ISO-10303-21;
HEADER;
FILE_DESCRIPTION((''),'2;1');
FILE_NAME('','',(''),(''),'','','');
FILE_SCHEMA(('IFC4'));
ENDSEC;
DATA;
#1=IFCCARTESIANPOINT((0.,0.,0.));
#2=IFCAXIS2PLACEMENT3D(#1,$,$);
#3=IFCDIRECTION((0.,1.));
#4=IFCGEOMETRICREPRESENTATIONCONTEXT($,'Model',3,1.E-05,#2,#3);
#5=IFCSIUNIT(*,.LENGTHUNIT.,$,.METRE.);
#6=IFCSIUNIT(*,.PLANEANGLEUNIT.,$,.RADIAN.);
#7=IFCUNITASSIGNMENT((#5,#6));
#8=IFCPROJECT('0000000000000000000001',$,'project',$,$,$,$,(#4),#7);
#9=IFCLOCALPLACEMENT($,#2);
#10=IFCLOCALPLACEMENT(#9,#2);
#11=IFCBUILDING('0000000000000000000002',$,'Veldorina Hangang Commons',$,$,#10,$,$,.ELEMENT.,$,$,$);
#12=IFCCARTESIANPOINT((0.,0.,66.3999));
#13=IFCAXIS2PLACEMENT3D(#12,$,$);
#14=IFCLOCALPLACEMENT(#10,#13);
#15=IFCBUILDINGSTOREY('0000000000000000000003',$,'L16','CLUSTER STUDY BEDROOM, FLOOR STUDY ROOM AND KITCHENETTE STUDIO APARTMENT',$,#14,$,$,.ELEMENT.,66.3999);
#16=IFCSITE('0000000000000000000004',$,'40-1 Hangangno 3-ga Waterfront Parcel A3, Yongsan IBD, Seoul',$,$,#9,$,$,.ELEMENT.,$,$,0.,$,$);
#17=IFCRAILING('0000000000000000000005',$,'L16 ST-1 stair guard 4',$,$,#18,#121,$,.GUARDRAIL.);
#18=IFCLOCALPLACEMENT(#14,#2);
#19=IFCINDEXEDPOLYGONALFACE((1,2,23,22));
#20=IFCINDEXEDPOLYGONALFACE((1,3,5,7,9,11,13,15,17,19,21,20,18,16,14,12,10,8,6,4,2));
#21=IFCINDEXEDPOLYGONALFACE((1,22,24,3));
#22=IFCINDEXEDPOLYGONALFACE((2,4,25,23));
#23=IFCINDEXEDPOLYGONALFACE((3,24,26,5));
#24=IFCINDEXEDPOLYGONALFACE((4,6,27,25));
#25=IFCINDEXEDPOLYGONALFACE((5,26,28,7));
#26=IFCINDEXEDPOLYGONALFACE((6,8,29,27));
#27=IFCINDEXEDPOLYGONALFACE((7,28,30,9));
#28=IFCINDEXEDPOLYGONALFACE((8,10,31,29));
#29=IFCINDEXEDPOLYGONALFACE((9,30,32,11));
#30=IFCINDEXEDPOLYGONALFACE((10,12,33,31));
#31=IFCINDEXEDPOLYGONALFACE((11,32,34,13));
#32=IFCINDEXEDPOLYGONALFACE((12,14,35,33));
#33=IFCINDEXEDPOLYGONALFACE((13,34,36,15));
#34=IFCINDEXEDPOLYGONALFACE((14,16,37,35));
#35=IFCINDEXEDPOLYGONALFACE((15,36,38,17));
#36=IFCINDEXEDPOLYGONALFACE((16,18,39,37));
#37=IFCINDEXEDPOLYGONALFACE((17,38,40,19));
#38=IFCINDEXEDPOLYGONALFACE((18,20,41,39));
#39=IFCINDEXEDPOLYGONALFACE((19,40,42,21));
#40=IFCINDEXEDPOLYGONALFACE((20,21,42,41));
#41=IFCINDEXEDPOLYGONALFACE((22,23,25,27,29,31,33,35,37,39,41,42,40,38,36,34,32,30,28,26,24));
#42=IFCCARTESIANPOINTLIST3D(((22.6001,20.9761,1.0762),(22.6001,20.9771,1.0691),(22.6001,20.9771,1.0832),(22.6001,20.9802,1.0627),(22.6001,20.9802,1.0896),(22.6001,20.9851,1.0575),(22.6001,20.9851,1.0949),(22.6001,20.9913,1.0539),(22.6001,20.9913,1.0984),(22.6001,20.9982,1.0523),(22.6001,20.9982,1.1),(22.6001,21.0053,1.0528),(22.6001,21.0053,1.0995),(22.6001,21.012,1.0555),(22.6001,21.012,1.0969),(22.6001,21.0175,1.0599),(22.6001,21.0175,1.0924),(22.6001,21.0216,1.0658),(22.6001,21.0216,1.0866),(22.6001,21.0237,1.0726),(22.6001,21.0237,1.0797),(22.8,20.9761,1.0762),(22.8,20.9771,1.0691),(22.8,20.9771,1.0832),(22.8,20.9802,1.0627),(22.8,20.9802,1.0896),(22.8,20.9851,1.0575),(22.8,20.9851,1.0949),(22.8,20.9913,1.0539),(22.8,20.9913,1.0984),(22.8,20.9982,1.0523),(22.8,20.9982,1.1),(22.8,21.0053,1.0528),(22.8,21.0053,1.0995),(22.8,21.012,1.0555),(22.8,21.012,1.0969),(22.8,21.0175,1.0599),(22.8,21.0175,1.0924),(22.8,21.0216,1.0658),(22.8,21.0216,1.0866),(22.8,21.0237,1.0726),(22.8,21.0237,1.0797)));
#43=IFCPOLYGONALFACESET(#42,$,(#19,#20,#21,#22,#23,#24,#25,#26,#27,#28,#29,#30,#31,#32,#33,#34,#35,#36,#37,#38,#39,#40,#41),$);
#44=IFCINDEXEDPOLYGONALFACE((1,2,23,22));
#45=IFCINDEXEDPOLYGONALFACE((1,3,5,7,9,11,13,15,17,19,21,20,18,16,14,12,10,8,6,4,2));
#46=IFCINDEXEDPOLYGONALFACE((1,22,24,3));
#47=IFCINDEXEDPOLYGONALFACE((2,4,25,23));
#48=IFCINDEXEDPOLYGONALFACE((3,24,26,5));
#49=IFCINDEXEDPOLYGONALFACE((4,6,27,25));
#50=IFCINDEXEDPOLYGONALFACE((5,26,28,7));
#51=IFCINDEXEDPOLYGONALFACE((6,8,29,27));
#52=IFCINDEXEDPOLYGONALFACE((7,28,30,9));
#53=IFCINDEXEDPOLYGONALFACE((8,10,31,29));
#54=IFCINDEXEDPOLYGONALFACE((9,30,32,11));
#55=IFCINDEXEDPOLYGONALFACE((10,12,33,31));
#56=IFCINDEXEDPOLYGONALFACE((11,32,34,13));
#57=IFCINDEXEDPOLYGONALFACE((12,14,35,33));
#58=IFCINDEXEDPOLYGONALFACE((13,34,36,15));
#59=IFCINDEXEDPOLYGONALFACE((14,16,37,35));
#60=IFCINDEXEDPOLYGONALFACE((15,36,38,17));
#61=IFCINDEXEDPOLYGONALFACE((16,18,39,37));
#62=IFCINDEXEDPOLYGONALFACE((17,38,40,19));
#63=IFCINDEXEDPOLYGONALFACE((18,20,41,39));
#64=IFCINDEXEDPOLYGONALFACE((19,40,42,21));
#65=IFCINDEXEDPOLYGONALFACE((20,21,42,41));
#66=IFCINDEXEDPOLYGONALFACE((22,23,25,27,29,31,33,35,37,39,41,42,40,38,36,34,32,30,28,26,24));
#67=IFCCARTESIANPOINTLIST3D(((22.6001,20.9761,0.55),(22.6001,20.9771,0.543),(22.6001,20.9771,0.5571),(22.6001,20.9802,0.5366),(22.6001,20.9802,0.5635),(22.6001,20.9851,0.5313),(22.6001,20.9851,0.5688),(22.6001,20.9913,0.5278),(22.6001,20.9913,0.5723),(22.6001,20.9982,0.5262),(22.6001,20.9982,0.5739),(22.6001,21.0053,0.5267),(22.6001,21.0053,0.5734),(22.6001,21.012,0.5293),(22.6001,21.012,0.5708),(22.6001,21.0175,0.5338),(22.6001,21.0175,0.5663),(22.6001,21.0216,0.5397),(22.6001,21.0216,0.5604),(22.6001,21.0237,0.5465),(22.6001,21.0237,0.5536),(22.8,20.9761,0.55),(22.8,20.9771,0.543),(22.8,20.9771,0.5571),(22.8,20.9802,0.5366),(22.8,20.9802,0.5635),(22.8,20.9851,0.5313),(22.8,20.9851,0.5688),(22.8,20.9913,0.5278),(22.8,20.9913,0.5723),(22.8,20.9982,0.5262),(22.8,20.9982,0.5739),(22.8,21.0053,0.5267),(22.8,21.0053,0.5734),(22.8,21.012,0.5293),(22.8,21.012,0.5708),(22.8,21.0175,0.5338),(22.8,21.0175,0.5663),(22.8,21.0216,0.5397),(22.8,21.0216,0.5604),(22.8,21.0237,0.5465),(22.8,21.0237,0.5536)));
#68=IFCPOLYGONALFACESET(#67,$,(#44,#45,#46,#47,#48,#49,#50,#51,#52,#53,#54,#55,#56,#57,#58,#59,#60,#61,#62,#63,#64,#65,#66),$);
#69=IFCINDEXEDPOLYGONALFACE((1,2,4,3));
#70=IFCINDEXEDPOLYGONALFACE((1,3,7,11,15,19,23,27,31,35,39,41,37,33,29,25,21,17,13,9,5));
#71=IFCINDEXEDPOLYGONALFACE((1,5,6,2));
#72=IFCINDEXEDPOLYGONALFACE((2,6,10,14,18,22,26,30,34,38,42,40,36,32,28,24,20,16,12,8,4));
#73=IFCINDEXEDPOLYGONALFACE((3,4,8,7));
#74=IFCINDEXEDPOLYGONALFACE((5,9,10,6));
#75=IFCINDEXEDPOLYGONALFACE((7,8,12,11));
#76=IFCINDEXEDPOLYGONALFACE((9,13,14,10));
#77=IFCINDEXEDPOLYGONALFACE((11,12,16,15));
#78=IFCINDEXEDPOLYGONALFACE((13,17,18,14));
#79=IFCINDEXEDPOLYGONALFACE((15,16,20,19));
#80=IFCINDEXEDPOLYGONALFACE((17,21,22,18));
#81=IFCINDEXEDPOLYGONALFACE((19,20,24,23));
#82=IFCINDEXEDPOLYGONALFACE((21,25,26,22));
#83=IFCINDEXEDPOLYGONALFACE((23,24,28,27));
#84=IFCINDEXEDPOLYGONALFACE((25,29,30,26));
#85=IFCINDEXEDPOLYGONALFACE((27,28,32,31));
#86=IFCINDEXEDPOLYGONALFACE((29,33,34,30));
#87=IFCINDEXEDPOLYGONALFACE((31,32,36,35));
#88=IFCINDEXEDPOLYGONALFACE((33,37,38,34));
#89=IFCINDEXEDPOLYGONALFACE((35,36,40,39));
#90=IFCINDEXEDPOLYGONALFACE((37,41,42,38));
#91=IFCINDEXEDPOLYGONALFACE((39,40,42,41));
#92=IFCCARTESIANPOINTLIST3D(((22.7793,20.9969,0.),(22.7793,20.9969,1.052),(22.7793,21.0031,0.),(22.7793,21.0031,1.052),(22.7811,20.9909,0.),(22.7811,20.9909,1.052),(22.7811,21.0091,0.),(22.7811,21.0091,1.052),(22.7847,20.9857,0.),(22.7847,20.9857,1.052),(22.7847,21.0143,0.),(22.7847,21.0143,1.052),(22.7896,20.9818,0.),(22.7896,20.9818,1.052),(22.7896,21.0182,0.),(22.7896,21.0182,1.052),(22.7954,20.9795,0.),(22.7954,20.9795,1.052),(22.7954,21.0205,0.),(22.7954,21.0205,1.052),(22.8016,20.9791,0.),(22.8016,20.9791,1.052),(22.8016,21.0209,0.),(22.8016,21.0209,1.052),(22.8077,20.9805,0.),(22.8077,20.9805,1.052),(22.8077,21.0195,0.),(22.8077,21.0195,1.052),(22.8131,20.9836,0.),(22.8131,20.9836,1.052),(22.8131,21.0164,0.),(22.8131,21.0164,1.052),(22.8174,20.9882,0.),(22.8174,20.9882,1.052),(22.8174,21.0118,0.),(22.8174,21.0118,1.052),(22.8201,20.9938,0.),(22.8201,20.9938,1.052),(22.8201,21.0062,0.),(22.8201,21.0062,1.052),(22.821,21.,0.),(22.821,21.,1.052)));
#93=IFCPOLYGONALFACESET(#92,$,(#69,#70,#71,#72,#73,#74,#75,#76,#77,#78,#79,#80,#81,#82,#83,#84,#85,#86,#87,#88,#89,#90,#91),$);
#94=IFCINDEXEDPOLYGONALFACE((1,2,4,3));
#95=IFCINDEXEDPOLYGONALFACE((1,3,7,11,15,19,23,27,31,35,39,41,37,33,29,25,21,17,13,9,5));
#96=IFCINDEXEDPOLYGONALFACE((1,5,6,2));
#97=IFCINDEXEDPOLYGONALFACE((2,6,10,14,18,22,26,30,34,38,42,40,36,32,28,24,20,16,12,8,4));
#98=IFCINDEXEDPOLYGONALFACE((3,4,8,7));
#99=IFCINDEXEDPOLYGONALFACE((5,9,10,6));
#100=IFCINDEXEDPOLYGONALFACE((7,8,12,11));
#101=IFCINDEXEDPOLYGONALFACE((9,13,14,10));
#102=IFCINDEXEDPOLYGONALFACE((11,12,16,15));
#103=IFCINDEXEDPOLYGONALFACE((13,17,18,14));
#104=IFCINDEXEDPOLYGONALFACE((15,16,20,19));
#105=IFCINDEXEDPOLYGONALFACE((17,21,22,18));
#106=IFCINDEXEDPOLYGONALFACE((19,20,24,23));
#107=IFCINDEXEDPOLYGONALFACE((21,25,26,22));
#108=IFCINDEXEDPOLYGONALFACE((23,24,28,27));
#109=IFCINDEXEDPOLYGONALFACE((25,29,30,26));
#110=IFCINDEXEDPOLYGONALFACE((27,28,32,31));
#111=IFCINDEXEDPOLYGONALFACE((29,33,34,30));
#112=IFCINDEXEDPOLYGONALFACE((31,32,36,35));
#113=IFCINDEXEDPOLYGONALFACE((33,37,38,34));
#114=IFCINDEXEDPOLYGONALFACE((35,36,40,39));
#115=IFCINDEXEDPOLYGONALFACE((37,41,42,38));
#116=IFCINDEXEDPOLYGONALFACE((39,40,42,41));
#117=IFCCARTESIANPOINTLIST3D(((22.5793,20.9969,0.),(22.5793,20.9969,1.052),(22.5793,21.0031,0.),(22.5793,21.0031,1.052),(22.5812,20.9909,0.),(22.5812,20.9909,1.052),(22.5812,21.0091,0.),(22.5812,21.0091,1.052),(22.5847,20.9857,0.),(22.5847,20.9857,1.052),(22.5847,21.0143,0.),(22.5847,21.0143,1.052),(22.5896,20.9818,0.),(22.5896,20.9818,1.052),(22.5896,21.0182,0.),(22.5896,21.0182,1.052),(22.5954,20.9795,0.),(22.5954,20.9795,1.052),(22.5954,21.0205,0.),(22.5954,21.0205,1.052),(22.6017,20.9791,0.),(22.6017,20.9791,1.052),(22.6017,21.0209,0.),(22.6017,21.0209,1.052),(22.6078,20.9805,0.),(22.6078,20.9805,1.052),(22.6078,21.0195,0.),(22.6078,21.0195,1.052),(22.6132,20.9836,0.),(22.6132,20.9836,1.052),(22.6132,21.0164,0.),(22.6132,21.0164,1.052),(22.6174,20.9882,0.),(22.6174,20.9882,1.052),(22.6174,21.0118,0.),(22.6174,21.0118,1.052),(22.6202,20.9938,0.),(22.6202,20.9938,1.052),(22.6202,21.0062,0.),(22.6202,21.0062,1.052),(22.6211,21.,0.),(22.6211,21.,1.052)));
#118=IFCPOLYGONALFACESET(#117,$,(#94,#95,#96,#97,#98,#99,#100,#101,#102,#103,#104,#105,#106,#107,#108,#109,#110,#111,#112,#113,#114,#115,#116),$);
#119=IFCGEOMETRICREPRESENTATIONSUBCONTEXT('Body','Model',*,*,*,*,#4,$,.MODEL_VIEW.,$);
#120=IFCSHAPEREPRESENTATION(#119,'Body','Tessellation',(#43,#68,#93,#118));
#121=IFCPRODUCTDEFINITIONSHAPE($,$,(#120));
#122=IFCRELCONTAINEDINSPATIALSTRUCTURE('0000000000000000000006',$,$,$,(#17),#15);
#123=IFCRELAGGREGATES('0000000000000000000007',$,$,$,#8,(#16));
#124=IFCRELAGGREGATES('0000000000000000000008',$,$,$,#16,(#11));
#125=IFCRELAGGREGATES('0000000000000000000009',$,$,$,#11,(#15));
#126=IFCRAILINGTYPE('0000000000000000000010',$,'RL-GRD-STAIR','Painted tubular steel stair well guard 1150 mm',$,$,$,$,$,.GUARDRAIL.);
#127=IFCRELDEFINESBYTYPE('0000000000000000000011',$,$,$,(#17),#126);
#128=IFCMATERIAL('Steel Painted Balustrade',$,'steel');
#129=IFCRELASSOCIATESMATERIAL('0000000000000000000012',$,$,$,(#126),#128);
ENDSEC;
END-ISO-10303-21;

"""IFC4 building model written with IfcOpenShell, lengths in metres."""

from ifc_helpers import new_model, si_unit, direction, frame, origin, origin_2d, place, context, subcontext, project, spatial, circle, extrude, material, type_object, element, save


model = new_model("IFC4")

# Units and contexts
model_context = context("Model", 3, precision=1e-05, world=origin(), true_north=direction((0.0, 1.0)))
body_context = subcontext(model_context, "Body", "Model", "MODEL_VIEW")
ifc_project = project(units=[si_unit("LENGTHUNIT", "METRE"), si_unit("PLANEANGLEUNIT", "RADIAN")], contexts=[model_context])

# Site, building, storey
site_placement = place(None, origin())
site = spatial("IfcSite", under=ifc_project, at=site_placement, Name="40-1 Hangangno 3-ga Waterfront Parcel A3, Yongsan IBD, Seoul", CompositionType="ELEMENT", RefElevation=0.0)
building_placement = place(site_placement, origin())
building = spatial("IfcBuilding", under=site, at=building_placement, Name="Veldorina Hangang Commons", CompositionType="ELEMENT")
storey_placement = place(building_placement, frame((0.0, 0.0, 66.3999)))
storey = spatial("IfcBuildingStorey", under=building, at=storey_placement, Name="L16", Description="CLUSTER STUDY BEDROOM, FLOOR STUDY ROOM AND KITCHENETTE STUDIO APARTMENT", CompositionType="ELEMENT", Elevation=66.3999)

# Railing
ifc_material_1 = material(Name="Steel Painted Balustrade", Category="steel")
railing_type = type_object("IfcRailingType", Name="RL-GRD-STAIR", Description="Painted tubular steel stair well guard 1150 mm", PredefinedType="GUARDRAIL", material=ifc_material_1)
railing_1_placement = place(storey_placement, frame((22.8, 21.0, 0.0)))
element("IfcRailing", 1, at=railing_1_placement, inside=storey, type_object=railing_type, Name="L16 ST-1 stair guard 4", PredefinedType="GUARDRAIL", context=body_context, shape_type="SweptSolid", body=[
    extrude(circle(Radius=0.0239, at=origin_2d()), frame((0.0, 0.0, 1.0762), z_axis=(-1.0, 0.0, 0.0), x_axis=(0.0, -1.0, 0.0)), (0.0, 0.0, 1.0), 0.2),
    extrude(circle(Radius=0.0239, at=origin_2d()), frame((0.0, 0.0, 0.55), z_axis=(-1.0, 0.0, 0.0), x_axis=(0.0, -1.0, 0.0)), (0.0, 0.0, 1.0), 0.2),
    extrude(circle(Radius=0.021, at=origin_2d()), origin(), (0.0, 0.0, 1.0), 1.052),
    extrude(circle(Radius=0.021, at=origin_2d()), frame((-0.2, 0.0, 0.0)), (0.0, 0.0, 1.0), 1.052),
])

save(model, "model.ifc")
